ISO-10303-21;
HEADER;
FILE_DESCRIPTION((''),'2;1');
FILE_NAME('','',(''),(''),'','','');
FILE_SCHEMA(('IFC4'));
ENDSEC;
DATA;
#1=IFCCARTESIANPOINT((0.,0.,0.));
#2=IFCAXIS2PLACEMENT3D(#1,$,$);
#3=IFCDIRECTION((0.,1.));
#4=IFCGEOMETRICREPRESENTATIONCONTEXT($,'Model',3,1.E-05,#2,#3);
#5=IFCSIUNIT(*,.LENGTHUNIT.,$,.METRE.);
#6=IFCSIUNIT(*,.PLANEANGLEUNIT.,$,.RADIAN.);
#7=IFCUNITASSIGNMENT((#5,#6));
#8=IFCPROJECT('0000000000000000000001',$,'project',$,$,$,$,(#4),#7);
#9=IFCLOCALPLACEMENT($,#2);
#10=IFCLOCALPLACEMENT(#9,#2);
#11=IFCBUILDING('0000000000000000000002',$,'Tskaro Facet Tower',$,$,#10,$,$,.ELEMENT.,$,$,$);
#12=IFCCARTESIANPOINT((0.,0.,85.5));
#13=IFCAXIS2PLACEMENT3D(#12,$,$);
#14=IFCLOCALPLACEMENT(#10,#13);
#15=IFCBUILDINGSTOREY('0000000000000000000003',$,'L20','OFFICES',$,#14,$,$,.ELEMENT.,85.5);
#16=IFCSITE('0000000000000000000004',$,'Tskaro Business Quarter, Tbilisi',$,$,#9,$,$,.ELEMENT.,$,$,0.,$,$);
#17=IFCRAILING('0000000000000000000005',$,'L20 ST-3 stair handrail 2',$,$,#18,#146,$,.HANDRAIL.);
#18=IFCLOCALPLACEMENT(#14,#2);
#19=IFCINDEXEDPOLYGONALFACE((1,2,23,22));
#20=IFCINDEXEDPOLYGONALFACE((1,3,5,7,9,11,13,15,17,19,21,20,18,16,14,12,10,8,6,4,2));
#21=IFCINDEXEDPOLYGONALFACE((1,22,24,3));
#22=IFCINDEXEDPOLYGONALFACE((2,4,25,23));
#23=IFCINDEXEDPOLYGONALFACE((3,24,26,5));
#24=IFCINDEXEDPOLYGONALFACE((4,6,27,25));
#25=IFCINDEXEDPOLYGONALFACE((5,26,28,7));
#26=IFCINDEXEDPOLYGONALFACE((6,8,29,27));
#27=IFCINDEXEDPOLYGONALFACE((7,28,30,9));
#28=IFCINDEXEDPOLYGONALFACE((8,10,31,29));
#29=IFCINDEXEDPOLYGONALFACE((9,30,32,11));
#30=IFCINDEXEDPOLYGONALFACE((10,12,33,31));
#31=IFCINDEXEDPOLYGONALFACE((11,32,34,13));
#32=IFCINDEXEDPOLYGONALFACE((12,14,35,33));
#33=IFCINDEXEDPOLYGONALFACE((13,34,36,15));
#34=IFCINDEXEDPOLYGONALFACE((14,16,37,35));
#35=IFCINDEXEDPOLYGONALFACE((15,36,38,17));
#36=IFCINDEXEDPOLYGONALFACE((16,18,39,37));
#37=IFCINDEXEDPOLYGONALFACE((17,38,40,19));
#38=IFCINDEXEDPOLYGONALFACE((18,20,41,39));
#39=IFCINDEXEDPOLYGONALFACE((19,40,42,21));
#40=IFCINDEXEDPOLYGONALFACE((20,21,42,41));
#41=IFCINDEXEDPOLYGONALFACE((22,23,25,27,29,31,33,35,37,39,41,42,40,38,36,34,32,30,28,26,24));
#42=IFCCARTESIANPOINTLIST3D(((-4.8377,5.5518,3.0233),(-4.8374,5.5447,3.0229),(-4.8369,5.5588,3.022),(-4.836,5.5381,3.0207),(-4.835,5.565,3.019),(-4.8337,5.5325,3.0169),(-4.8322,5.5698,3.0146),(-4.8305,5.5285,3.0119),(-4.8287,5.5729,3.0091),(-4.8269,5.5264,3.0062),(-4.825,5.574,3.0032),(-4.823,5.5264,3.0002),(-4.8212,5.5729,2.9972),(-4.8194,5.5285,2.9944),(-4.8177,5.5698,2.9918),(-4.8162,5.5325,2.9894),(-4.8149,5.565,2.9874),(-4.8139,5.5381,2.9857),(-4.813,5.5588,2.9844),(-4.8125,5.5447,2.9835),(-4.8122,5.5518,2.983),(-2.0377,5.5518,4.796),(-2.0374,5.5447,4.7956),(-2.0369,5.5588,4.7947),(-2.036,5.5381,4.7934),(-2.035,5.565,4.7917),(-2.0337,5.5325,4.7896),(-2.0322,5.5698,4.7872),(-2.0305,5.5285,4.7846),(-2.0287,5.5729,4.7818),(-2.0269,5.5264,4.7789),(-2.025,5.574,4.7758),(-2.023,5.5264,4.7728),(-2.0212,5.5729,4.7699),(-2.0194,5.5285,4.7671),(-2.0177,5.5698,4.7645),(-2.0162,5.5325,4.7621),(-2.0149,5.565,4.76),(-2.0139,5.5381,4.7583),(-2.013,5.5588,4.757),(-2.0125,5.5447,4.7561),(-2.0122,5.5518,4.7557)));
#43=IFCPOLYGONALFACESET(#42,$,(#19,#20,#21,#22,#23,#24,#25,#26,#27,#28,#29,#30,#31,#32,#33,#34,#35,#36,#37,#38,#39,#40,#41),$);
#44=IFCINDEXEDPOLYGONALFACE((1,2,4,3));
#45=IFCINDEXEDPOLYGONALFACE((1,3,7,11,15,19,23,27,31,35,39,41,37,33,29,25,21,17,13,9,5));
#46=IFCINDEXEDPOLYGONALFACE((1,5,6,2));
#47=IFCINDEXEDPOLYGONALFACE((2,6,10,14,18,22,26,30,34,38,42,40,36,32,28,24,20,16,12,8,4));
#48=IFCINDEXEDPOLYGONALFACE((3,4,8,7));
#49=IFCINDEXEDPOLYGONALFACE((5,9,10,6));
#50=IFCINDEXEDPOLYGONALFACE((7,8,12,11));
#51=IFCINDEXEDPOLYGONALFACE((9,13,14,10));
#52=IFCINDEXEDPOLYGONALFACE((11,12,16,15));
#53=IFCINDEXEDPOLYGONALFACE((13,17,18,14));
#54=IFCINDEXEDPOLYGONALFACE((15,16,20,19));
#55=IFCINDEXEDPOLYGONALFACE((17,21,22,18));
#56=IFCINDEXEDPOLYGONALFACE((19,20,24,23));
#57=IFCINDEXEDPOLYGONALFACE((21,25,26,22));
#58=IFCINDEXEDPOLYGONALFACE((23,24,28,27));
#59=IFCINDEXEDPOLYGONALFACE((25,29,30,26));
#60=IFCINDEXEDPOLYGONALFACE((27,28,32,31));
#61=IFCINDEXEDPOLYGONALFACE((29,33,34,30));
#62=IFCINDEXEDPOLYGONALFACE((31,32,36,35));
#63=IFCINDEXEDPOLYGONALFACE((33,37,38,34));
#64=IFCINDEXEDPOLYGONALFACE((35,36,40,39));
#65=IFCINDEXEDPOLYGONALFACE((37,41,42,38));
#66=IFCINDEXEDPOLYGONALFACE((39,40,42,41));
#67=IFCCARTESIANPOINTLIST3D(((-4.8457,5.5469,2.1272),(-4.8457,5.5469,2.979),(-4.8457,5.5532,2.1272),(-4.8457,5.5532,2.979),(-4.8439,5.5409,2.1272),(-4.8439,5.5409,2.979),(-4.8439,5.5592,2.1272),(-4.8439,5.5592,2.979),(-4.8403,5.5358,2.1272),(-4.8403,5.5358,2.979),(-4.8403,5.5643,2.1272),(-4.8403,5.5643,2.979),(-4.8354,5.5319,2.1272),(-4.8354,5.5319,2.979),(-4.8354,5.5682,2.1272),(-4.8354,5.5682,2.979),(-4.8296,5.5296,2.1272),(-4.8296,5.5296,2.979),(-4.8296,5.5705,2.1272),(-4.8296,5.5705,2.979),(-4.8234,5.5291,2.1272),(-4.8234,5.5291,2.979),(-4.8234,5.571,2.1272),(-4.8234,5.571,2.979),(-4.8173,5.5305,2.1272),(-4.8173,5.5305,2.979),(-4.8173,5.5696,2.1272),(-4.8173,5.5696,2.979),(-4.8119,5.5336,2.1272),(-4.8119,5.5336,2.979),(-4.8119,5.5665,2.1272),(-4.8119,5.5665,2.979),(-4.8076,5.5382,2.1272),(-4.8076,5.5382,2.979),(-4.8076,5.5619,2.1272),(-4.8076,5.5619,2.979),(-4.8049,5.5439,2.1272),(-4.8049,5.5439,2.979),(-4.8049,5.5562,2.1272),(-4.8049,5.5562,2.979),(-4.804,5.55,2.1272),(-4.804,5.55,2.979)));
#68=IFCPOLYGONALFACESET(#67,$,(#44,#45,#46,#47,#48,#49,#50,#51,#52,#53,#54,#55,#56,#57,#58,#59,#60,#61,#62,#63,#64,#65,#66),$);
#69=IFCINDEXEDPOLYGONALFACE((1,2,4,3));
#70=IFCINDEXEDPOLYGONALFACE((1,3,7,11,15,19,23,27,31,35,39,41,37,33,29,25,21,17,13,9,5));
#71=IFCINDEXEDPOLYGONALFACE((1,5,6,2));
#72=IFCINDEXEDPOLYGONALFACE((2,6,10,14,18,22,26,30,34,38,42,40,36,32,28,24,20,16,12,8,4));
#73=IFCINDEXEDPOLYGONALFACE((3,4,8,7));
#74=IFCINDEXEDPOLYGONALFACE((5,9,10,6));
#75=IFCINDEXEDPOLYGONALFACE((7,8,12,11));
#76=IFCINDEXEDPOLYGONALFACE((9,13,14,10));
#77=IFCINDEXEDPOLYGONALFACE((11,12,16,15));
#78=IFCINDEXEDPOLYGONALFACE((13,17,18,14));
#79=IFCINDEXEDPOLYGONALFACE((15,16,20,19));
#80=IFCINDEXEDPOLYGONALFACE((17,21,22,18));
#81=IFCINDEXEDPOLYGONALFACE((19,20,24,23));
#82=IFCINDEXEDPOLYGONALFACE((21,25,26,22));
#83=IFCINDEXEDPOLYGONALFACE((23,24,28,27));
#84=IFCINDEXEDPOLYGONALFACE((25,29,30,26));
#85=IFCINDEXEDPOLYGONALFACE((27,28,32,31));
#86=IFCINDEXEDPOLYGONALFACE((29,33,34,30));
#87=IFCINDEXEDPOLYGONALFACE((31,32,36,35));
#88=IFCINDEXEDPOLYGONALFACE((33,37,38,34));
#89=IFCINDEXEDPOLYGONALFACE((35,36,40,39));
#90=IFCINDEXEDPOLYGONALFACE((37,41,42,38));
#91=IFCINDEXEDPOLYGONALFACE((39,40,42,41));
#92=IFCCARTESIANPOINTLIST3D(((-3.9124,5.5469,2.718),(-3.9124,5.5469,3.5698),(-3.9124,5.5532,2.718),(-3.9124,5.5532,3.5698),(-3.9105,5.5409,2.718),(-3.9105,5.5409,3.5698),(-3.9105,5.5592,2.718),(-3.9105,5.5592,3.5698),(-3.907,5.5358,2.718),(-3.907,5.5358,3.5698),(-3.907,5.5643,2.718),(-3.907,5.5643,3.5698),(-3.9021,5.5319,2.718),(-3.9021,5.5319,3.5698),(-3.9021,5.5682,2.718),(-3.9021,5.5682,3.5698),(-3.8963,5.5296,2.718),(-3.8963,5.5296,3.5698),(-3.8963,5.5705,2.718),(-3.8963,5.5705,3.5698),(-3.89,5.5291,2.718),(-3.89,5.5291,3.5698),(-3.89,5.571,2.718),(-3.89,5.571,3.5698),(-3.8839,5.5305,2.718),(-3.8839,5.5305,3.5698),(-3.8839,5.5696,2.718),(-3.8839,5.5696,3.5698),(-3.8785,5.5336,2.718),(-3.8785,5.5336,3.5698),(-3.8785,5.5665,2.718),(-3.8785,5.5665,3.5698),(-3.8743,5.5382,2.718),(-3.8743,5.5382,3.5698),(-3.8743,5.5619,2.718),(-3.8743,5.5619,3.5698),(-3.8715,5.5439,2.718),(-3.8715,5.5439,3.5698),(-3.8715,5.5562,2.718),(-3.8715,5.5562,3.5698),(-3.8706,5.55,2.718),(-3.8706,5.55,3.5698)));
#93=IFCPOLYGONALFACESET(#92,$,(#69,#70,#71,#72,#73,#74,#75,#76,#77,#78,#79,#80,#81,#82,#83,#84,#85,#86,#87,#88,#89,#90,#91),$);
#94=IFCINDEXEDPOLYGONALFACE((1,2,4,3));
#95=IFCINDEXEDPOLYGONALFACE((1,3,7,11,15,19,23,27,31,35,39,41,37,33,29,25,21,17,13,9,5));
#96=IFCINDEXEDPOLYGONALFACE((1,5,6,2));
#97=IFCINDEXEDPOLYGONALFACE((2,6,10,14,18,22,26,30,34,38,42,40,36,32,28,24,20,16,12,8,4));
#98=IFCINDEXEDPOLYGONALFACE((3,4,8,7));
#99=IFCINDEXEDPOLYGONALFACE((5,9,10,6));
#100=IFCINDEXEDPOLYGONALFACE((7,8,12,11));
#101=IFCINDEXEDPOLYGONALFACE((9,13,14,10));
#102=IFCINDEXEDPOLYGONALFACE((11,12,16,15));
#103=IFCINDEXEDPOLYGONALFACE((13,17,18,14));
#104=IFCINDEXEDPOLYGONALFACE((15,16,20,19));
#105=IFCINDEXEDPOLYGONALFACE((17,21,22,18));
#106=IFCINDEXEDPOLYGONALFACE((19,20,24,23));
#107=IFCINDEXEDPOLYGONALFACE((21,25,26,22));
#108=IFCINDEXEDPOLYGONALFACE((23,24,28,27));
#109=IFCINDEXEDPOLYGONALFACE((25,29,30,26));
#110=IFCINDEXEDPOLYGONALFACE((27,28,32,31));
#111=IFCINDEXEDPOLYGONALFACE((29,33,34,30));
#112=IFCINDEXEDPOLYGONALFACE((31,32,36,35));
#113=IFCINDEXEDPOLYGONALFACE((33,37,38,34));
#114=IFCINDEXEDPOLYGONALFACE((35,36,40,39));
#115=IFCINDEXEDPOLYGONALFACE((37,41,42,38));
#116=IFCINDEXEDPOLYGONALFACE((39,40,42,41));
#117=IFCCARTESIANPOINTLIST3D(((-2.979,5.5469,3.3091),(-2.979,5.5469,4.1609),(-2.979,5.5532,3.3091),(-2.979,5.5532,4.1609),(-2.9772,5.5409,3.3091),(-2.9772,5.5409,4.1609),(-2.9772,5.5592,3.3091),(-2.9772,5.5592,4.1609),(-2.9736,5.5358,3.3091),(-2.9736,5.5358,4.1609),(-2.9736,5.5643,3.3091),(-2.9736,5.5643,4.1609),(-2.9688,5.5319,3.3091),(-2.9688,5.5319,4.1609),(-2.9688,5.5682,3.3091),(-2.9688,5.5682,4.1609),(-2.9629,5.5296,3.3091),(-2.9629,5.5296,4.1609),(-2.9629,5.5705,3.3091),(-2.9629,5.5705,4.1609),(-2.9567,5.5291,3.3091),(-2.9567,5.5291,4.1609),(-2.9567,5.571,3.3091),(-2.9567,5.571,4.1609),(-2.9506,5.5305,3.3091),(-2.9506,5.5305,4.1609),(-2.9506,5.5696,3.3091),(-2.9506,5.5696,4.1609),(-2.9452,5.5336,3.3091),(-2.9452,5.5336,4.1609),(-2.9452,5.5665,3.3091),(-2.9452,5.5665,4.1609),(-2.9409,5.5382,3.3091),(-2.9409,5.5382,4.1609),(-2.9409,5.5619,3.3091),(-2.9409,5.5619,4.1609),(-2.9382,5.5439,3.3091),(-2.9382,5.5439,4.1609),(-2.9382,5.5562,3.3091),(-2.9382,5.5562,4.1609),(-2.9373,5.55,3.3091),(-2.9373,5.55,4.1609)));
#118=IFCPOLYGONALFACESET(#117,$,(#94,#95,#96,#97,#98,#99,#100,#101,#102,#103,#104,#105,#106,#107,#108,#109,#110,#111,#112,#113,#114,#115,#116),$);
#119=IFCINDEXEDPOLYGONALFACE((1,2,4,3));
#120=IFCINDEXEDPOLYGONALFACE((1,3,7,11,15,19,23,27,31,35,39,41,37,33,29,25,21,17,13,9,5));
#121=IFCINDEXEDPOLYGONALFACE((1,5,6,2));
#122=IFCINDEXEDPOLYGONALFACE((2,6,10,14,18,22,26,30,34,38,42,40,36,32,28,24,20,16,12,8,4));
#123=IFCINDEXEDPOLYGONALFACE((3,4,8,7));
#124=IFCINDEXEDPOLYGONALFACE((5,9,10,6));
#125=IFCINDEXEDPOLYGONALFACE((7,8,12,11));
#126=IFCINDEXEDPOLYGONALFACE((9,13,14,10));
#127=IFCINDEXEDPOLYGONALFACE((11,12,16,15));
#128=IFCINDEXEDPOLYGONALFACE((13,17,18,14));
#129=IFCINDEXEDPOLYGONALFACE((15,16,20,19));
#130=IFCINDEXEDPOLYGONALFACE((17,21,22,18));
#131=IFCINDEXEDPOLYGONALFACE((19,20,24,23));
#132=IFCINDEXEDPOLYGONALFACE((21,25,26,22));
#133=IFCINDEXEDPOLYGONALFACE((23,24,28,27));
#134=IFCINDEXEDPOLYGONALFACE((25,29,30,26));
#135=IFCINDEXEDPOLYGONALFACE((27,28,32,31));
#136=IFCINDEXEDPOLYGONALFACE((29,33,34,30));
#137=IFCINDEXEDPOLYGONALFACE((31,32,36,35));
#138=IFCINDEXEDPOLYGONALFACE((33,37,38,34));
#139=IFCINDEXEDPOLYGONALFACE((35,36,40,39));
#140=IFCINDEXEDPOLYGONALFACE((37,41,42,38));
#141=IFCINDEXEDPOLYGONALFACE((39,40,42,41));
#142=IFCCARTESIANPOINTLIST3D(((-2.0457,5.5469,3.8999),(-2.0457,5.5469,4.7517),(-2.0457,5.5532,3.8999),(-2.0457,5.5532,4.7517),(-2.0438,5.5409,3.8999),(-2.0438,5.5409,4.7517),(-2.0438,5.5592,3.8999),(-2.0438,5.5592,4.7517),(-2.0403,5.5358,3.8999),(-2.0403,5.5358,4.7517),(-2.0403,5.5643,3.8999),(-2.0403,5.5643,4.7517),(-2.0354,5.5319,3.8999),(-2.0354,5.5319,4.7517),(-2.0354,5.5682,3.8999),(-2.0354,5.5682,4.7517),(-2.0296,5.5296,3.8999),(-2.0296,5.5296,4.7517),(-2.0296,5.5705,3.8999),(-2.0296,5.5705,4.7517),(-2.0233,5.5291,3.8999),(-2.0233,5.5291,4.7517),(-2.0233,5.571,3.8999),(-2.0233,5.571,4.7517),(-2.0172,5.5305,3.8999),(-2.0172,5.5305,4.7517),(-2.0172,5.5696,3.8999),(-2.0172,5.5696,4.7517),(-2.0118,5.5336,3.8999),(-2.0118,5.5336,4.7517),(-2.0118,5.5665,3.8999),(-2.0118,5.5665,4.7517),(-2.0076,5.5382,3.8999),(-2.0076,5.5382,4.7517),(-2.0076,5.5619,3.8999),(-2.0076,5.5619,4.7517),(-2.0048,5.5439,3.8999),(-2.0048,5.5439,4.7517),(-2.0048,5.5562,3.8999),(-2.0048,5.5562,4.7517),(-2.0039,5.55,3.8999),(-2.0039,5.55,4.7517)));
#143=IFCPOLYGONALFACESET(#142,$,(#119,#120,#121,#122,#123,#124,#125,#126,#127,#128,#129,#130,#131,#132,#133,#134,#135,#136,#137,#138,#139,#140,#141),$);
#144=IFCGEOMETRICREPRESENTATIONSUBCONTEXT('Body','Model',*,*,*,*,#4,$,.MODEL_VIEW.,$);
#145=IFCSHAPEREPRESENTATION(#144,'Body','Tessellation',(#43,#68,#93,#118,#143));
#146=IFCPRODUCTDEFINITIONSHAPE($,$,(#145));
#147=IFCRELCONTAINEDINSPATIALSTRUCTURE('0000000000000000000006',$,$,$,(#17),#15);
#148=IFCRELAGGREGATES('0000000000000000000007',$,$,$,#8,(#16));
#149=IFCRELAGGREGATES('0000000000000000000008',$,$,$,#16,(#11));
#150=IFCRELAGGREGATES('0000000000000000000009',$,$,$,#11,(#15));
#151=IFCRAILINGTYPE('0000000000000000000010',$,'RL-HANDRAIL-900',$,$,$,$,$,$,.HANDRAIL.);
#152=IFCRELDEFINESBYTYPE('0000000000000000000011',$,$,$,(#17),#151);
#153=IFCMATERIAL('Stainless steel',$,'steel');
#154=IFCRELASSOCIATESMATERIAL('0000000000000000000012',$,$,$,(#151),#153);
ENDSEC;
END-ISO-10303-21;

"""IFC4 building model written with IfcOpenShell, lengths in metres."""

from ifc_helpers import new_model, si_unit, direction, frame, origin, origin_2d, place, context, subcontext, project, spatial, circle, extrude, material, type_object, element, save


model = new_model("IFC4")

# Units and contexts
model_context = context("Model", 3, precision=1e-05, world=origin(), true_north=direction((0.0, 1.0)))
body_context = subcontext(model_context, "Body", "Model", "MODEL_VIEW")
ifc_project = project(units=[si_unit("LENGTHUNIT", "METRE"), si_unit("PLANEANGLEUNIT", "RADIAN")], contexts=[model_context])

# Site, building, storey
site_placement = place(None, origin())
site = spatial("IfcSite", under=ifc_project, at=site_placement, Name="Tskaro Business Quarter, Tbilisi", CompositionType="ELEMENT", RefElevation=0.0)
building_placement = place(site_placement, origin())
building = spatial("IfcBuilding", under=site, at=building_placement, Name="Tskaro Facet Tower", CompositionType="ELEMENT")
storey_placement = place(building_placement, frame((0.0, 0.0, 85.5)))
storey = spatial("IfcBuildingStorey", under=building, at=storey_placement, Name="L20", Description="OFFICES", CompositionType="ELEMENT", Elevation=85.5)

# Railing
ifc_material_1 = material(Name="Stainless steel", Category="steel")
railing_type_1 = type_object("IfcRailingType", Name="RL-HANDRAIL-900", PredefinedType="HANDRAIL", material=ifc_material_1)
railing_1_placement = place(storey_placement, frame((-4.825, 5.55, 2.1272)))
element("IfcRailing", 1, at=railing_1_placement, inside=storey, type_object=railing_type_1, Name="L20 ST-3 stair handrail 2", PredefinedType="HANDRAIL", context=body_context, shape_type="SweptSolid", body=[
    extrude(circle(Radius=0.0239, at=origin_2d()), frame((0.0, 0.0, 0.876), z_axis=(0.844909, 0.0, 0.53491), x_axis=(0.0, 1.0, 0.0)), (0.0, 0.0, 1.0), 3.314),
    extrude(circle(Radius=0.021, at=origin_2d()), origin(), (0.0, 0.0, 1.0), 0.8518),
    extrude(circle(Radius=0.021, at=origin_2d()), frame((0.9333, 0.0, 0.5908)), (0.0, 0.0, 1.0), 0.8518),
    extrude(circle(Radius=0.021, at=origin_2d()), frame((1.8667, 0.0, 1.1819)), (0.0, 0.0, 1.0), 0.8518),
    extrude(circle(Radius=0.021, at=origin_2d()), frame((2.8, 0.0, 1.7727)), (0.0, 0.0, 1.0), 0.8518),
])

save(model, "model.ifc")
